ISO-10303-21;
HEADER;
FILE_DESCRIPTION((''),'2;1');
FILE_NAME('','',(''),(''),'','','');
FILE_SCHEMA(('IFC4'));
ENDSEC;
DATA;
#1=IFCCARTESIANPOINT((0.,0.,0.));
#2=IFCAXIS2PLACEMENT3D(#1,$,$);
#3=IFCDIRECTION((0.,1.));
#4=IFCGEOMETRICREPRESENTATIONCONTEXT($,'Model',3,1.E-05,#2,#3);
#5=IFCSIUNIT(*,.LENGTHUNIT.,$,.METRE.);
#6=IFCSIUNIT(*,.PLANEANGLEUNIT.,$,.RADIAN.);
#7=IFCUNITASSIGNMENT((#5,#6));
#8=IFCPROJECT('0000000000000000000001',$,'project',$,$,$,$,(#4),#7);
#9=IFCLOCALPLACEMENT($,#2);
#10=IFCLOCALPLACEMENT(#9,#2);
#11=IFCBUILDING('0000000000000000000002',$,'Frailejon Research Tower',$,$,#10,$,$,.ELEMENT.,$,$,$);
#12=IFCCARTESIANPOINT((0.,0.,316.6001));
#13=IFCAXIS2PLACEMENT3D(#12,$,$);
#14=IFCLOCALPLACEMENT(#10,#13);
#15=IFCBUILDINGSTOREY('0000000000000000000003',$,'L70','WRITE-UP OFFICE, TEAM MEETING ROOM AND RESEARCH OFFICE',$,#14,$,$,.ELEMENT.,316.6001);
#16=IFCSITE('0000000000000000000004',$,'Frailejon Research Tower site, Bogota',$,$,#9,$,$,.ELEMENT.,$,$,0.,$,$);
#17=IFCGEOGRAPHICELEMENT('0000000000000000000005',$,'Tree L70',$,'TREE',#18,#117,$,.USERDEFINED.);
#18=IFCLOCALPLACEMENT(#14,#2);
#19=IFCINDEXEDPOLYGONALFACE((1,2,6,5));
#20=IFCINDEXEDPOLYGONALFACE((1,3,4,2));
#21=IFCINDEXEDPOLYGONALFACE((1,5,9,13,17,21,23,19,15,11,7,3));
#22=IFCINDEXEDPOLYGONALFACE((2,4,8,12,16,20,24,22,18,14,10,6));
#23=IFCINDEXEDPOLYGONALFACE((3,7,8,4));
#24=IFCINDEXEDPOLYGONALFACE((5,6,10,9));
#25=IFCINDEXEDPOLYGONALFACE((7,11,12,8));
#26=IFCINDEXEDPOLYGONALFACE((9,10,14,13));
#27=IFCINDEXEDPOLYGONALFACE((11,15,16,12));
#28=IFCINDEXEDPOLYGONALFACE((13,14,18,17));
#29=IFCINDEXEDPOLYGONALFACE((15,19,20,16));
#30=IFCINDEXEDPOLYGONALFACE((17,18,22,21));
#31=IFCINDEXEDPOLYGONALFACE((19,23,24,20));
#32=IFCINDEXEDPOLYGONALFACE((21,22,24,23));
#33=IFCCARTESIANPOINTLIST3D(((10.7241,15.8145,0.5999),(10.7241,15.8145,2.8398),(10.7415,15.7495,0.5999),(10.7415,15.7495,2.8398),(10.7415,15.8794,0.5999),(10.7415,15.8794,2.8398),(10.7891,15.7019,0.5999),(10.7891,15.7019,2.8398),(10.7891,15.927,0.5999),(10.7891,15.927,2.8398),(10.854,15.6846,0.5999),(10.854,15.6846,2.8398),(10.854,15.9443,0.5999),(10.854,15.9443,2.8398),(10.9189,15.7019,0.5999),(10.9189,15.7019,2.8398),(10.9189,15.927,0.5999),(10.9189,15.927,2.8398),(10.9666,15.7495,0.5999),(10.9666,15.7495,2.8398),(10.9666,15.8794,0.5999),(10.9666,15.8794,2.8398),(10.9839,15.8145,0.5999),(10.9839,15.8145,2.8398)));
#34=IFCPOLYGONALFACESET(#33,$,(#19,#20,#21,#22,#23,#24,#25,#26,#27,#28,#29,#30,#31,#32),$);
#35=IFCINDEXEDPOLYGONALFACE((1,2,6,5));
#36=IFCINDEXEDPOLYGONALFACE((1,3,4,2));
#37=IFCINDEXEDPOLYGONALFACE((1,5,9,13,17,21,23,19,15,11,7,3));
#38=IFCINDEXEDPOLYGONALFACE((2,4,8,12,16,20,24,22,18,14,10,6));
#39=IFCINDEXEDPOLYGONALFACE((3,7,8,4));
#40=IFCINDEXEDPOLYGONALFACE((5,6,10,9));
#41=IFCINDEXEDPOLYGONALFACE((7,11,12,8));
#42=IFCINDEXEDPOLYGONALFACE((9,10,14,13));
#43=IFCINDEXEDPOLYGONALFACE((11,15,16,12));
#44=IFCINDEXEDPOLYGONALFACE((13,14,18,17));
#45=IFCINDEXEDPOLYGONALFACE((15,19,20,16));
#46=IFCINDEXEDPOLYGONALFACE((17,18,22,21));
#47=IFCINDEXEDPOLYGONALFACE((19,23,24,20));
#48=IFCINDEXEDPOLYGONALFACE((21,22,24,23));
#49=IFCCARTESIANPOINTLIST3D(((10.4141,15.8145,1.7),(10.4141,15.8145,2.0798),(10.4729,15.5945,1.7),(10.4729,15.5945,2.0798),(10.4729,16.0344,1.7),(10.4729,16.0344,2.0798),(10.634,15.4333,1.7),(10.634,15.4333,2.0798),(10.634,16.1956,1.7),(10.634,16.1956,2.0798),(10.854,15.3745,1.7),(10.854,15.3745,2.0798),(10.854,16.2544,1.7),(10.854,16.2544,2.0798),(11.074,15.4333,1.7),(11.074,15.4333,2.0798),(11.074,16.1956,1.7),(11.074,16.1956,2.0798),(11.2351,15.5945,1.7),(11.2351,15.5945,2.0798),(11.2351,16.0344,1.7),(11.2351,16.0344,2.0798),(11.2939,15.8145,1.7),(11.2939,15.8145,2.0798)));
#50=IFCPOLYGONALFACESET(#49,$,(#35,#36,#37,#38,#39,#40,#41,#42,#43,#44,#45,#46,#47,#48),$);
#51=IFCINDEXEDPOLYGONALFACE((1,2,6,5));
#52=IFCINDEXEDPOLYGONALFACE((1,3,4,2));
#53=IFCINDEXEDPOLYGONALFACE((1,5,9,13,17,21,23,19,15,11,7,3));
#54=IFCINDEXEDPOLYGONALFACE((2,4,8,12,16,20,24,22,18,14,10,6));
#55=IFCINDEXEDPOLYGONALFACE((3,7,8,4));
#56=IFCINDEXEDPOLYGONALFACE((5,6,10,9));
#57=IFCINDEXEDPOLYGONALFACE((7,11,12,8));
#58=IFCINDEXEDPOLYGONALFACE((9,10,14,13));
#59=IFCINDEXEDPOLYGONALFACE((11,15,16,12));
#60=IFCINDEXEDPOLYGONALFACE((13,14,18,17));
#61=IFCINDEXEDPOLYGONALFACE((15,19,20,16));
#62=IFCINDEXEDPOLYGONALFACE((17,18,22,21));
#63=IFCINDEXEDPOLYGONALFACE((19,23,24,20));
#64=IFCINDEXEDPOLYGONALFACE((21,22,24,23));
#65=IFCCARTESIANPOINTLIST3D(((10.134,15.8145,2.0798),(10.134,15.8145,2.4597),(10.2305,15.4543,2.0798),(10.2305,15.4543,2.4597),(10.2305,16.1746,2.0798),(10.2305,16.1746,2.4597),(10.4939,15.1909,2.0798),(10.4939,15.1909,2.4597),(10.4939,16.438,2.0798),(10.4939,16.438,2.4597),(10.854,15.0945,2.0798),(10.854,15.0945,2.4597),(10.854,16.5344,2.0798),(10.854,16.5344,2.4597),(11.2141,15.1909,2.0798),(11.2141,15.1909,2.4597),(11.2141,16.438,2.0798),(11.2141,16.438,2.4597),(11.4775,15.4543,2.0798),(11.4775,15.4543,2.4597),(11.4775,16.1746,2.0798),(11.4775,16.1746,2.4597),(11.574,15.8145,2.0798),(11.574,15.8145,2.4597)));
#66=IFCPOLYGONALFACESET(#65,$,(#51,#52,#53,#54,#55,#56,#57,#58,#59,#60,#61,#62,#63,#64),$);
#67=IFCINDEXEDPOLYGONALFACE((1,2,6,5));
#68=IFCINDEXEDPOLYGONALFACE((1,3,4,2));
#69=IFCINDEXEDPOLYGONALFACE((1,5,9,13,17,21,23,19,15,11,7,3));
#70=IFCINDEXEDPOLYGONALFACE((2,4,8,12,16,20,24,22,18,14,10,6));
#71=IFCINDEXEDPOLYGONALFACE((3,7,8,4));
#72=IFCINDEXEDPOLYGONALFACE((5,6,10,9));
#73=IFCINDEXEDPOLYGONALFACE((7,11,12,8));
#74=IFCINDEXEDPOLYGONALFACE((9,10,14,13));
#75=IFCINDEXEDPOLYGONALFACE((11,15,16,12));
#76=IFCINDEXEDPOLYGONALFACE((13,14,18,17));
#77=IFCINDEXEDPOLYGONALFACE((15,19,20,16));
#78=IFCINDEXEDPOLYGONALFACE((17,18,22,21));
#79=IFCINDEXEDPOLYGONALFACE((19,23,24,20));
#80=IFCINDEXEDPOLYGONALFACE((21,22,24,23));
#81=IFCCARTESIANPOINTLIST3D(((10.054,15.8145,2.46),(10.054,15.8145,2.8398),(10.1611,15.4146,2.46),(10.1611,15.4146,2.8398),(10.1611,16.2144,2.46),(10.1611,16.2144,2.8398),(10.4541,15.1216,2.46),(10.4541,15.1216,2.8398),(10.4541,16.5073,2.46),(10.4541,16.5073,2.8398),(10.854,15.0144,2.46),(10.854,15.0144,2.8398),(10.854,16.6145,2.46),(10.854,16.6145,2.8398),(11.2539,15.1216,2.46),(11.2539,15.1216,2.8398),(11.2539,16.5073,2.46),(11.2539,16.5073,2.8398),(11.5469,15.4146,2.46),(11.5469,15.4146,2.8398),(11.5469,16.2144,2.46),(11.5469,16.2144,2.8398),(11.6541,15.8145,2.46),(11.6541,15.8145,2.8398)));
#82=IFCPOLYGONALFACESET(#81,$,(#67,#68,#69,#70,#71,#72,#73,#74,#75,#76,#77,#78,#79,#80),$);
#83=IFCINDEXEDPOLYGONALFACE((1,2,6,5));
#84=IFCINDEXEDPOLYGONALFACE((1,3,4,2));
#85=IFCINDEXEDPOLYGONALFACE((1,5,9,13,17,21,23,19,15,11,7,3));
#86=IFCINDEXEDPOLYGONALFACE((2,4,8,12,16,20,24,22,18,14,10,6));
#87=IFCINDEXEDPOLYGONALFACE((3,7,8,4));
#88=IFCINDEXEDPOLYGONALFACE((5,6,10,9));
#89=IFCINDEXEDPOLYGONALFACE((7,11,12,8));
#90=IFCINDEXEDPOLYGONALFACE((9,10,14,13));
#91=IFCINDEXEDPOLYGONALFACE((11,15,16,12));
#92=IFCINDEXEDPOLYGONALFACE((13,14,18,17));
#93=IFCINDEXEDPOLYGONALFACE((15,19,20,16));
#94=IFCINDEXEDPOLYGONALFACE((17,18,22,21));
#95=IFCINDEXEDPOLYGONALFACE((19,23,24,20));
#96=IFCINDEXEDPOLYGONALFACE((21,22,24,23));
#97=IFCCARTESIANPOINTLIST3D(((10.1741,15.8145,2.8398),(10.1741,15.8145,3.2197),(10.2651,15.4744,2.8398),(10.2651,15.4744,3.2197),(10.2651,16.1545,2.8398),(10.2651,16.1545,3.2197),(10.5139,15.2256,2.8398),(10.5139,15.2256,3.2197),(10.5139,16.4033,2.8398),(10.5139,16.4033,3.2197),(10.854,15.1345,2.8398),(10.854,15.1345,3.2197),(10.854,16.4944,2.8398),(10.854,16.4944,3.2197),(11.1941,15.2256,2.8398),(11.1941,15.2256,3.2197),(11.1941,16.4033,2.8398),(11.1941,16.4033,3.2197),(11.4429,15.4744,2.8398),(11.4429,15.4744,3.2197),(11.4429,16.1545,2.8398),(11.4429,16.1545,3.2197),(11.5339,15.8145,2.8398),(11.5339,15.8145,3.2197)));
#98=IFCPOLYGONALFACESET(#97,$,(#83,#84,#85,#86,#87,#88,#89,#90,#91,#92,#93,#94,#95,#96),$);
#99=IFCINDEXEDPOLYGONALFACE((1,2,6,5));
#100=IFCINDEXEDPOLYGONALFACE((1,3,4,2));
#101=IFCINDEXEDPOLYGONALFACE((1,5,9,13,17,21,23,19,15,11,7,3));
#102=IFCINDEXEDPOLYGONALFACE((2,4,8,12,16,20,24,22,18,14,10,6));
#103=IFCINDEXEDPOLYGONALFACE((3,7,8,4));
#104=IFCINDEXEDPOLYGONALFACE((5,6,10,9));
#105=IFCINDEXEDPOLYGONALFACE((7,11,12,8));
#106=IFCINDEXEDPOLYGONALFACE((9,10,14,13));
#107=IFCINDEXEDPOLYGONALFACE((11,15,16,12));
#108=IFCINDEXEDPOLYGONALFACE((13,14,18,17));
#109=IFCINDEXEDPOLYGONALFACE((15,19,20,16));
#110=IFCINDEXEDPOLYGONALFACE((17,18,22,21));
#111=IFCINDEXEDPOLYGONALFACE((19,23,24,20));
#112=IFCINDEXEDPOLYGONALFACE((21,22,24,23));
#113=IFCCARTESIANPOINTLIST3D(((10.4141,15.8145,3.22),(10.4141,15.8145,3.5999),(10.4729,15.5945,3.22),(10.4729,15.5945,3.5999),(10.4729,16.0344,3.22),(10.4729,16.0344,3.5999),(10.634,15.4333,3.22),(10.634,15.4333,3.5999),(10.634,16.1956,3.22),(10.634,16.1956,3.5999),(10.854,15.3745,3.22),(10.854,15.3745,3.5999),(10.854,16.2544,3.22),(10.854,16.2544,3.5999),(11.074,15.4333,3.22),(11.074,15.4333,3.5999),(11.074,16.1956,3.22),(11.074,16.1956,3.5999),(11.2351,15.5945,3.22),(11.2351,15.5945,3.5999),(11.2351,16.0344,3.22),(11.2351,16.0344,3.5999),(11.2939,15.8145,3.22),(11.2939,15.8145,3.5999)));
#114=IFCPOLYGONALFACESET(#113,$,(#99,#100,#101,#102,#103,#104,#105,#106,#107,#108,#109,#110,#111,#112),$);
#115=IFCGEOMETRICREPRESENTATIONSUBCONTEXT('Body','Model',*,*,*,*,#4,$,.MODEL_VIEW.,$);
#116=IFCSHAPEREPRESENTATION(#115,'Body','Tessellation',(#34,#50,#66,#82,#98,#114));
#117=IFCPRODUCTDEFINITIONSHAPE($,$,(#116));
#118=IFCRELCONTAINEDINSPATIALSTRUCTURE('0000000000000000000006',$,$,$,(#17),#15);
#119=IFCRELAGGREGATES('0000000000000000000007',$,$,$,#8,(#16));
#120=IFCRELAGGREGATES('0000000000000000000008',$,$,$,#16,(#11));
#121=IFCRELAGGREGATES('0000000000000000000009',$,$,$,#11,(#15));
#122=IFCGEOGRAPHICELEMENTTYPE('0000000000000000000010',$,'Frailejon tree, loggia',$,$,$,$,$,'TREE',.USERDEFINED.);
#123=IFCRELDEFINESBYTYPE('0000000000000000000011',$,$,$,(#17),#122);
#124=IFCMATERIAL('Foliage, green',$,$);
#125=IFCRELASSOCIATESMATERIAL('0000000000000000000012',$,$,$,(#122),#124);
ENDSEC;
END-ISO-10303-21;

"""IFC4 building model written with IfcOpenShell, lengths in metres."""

from ifc_helpers import new_model, si_unit, direction, frame, origin, place, context, subcontext, project, spatial, polyline, outline, extrude, material, type_object, element, save


model = new_model("IFC4")

# Units and contexts
model_context = context("Model", 3, precision=1e-05, world=origin(), true_north=direction((0.0, 1.0)))
body_context = subcontext(model_context, "Body", "Model", "MODEL_VIEW")
ifc_project = project(units=[si_unit("LENGTHUNIT", "METRE"), si_unit("PLANEANGLEUNIT", "RADIAN")], contexts=[model_context])

# Site, building, storey
site_placement = place(None, origin())
site = spatial("IfcSite", under=ifc_project, at=site_placement, Name="Frailejon Research Tower site, Bogota", CompositionType="ELEMENT", RefElevation=0.0)
building_placement = place(site_placement, origin())
building = spatial("IfcBuilding", under=site, at=building_placement, Name="Frailejon Research Tower", CompositionType="ELEMENT")
storey_placement = place(building_placement, frame((0.0, 0.0, 316.6001)))
storey = spatial("IfcBuildingStorey", under=building, at=storey_placement, Name="L70", Description="WRITE-UP OFFICE, TEAM MEETING ROOM AND RESEARCH OFFICE", CompositionType="ELEMENT", Elevation=316.6001)

# Geographic element
ifc_material_1 = material(Name="Foliage, green")
geographic_element_type = type_object("IfcGeographicElementType", Name="Frailejon tree, loggia", ElementType="TREE", PredefinedType="USERDEFINED", material=ifc_material_1)
geographic_element_placement = place(storey_placement, frame((10.854, 15.8145, 0.5999)))
element("IfcGeographicElement", 1, at=geographic_element_placement, inside=storey, type_object=geographic_element_type, Name="Tree L70", ObjectType="TREE", PredefinedType="USERDEFINED", context=body_context, shape_type="SweptSolid", body=[
    extrude(outline(polyline([(0.1299, 0.0), (0.1125, 0.0649), (0.0649, 0.1125), (0.0, 0.1299), (-0.0649, 0.1125), (-0.1125, 0.0649), (-0.1299, 0.0), (-0.1125, -0.0649), (-0.0649, -0.1125), (0.0, -0.1299), (0.0649, -0.1125), (0.1125, -0.0649), (0.1299, 0.0)])), origin(), (0.0, 0.0, 1.0), 2.24),
    extrude(outline(polyline([(0.4399, 0.0), (0.3811, 0.22), (0.22, 0.3811), (0.0, 0.4399), (-0.22, 0.3811), (-0.3811, 0.22), (-0.4399, 0.0), (-0.3811, -0.22), (-0.22, -0.3811), (0.0, -0.4399), (0.22, -0.3811), (0.3811, -0.22), (0.4399, 0.0)])), frame((0.0, 0.0, 1.1001)), (0.0, 0.0, 1.0), 0.3799),
    extrude(outline(polyline([(0.72, 0.0), (0.6235, 0.3601), (0.3601, 0.6235), (0.0, 0.72), (-0.3601, 0.6235), (-0.6235, 0.3601), (-0.72, 0.0), (-0.6235, -0.3601), (-0.3601, -0.6235), (0.0, -0.72), (0.3601, -0.6235), (0.6235, -0.3601), (0.72, 0.0)])), frame((0.0, 0.0, 1.48)), (0.0, 0.0, 1.0), 0.3799),
    extrude(outline(polyline([(0.8, 0.0), (0.6929, 0.3999), (0.3999, 0.6929), (0.0, 0.8), (-0.3999, 0.6929), (-0.6929, 0.3999), (-0.8, 0.0), (-0.6929, -0.3999), (-0.3999, -0.6929), (0.0, -0.8), (0.3999, -0.6929), (0.6929, -0.3999), (0.8, 0.0)])), frame((0.0, 0.0, 1.8601)), (0.0, 0.0, 1.0), 0.3799),
    extrude(outline(polyline([(0.6799, 0.0), (0.5889, 0.3401), (0.3401, 0.5889), (0.0, 0.6799), (-0.3401, 0.5889), (-0.5889, 0.3401), (-0.6799, 0.0), (-0.5889, -0.3401), (-0.3401, -0.5889), (0.0, -0.6799), (0.3401, -0.5889), (0.5889, -0.3401), (0.6799, 0.0)])), frame((0.0, 0.0, 2.24)), (0.0, 0.0, 1.0), 0.3799),
    extrude(outline(polyline([(0.4399, 0.0), (0.3811, 0.22), (0.22, 0.3811), (0.0, 0.4399), (-0.22, 0.3811), (-0.3811, 0.22), (-0.4399, 0.0), (-0.3811, -0.22), (-0.22, -0.3811), (0.0, -0.4399), (0.22, -0.3811), (0.3811, -0.22), (0.4399, 0.0)])), frame((0.0, 0.0, 2.6201)), (0.0, 0.0, 1.0), 0.3799),
])

save(model, "model.ifc")
